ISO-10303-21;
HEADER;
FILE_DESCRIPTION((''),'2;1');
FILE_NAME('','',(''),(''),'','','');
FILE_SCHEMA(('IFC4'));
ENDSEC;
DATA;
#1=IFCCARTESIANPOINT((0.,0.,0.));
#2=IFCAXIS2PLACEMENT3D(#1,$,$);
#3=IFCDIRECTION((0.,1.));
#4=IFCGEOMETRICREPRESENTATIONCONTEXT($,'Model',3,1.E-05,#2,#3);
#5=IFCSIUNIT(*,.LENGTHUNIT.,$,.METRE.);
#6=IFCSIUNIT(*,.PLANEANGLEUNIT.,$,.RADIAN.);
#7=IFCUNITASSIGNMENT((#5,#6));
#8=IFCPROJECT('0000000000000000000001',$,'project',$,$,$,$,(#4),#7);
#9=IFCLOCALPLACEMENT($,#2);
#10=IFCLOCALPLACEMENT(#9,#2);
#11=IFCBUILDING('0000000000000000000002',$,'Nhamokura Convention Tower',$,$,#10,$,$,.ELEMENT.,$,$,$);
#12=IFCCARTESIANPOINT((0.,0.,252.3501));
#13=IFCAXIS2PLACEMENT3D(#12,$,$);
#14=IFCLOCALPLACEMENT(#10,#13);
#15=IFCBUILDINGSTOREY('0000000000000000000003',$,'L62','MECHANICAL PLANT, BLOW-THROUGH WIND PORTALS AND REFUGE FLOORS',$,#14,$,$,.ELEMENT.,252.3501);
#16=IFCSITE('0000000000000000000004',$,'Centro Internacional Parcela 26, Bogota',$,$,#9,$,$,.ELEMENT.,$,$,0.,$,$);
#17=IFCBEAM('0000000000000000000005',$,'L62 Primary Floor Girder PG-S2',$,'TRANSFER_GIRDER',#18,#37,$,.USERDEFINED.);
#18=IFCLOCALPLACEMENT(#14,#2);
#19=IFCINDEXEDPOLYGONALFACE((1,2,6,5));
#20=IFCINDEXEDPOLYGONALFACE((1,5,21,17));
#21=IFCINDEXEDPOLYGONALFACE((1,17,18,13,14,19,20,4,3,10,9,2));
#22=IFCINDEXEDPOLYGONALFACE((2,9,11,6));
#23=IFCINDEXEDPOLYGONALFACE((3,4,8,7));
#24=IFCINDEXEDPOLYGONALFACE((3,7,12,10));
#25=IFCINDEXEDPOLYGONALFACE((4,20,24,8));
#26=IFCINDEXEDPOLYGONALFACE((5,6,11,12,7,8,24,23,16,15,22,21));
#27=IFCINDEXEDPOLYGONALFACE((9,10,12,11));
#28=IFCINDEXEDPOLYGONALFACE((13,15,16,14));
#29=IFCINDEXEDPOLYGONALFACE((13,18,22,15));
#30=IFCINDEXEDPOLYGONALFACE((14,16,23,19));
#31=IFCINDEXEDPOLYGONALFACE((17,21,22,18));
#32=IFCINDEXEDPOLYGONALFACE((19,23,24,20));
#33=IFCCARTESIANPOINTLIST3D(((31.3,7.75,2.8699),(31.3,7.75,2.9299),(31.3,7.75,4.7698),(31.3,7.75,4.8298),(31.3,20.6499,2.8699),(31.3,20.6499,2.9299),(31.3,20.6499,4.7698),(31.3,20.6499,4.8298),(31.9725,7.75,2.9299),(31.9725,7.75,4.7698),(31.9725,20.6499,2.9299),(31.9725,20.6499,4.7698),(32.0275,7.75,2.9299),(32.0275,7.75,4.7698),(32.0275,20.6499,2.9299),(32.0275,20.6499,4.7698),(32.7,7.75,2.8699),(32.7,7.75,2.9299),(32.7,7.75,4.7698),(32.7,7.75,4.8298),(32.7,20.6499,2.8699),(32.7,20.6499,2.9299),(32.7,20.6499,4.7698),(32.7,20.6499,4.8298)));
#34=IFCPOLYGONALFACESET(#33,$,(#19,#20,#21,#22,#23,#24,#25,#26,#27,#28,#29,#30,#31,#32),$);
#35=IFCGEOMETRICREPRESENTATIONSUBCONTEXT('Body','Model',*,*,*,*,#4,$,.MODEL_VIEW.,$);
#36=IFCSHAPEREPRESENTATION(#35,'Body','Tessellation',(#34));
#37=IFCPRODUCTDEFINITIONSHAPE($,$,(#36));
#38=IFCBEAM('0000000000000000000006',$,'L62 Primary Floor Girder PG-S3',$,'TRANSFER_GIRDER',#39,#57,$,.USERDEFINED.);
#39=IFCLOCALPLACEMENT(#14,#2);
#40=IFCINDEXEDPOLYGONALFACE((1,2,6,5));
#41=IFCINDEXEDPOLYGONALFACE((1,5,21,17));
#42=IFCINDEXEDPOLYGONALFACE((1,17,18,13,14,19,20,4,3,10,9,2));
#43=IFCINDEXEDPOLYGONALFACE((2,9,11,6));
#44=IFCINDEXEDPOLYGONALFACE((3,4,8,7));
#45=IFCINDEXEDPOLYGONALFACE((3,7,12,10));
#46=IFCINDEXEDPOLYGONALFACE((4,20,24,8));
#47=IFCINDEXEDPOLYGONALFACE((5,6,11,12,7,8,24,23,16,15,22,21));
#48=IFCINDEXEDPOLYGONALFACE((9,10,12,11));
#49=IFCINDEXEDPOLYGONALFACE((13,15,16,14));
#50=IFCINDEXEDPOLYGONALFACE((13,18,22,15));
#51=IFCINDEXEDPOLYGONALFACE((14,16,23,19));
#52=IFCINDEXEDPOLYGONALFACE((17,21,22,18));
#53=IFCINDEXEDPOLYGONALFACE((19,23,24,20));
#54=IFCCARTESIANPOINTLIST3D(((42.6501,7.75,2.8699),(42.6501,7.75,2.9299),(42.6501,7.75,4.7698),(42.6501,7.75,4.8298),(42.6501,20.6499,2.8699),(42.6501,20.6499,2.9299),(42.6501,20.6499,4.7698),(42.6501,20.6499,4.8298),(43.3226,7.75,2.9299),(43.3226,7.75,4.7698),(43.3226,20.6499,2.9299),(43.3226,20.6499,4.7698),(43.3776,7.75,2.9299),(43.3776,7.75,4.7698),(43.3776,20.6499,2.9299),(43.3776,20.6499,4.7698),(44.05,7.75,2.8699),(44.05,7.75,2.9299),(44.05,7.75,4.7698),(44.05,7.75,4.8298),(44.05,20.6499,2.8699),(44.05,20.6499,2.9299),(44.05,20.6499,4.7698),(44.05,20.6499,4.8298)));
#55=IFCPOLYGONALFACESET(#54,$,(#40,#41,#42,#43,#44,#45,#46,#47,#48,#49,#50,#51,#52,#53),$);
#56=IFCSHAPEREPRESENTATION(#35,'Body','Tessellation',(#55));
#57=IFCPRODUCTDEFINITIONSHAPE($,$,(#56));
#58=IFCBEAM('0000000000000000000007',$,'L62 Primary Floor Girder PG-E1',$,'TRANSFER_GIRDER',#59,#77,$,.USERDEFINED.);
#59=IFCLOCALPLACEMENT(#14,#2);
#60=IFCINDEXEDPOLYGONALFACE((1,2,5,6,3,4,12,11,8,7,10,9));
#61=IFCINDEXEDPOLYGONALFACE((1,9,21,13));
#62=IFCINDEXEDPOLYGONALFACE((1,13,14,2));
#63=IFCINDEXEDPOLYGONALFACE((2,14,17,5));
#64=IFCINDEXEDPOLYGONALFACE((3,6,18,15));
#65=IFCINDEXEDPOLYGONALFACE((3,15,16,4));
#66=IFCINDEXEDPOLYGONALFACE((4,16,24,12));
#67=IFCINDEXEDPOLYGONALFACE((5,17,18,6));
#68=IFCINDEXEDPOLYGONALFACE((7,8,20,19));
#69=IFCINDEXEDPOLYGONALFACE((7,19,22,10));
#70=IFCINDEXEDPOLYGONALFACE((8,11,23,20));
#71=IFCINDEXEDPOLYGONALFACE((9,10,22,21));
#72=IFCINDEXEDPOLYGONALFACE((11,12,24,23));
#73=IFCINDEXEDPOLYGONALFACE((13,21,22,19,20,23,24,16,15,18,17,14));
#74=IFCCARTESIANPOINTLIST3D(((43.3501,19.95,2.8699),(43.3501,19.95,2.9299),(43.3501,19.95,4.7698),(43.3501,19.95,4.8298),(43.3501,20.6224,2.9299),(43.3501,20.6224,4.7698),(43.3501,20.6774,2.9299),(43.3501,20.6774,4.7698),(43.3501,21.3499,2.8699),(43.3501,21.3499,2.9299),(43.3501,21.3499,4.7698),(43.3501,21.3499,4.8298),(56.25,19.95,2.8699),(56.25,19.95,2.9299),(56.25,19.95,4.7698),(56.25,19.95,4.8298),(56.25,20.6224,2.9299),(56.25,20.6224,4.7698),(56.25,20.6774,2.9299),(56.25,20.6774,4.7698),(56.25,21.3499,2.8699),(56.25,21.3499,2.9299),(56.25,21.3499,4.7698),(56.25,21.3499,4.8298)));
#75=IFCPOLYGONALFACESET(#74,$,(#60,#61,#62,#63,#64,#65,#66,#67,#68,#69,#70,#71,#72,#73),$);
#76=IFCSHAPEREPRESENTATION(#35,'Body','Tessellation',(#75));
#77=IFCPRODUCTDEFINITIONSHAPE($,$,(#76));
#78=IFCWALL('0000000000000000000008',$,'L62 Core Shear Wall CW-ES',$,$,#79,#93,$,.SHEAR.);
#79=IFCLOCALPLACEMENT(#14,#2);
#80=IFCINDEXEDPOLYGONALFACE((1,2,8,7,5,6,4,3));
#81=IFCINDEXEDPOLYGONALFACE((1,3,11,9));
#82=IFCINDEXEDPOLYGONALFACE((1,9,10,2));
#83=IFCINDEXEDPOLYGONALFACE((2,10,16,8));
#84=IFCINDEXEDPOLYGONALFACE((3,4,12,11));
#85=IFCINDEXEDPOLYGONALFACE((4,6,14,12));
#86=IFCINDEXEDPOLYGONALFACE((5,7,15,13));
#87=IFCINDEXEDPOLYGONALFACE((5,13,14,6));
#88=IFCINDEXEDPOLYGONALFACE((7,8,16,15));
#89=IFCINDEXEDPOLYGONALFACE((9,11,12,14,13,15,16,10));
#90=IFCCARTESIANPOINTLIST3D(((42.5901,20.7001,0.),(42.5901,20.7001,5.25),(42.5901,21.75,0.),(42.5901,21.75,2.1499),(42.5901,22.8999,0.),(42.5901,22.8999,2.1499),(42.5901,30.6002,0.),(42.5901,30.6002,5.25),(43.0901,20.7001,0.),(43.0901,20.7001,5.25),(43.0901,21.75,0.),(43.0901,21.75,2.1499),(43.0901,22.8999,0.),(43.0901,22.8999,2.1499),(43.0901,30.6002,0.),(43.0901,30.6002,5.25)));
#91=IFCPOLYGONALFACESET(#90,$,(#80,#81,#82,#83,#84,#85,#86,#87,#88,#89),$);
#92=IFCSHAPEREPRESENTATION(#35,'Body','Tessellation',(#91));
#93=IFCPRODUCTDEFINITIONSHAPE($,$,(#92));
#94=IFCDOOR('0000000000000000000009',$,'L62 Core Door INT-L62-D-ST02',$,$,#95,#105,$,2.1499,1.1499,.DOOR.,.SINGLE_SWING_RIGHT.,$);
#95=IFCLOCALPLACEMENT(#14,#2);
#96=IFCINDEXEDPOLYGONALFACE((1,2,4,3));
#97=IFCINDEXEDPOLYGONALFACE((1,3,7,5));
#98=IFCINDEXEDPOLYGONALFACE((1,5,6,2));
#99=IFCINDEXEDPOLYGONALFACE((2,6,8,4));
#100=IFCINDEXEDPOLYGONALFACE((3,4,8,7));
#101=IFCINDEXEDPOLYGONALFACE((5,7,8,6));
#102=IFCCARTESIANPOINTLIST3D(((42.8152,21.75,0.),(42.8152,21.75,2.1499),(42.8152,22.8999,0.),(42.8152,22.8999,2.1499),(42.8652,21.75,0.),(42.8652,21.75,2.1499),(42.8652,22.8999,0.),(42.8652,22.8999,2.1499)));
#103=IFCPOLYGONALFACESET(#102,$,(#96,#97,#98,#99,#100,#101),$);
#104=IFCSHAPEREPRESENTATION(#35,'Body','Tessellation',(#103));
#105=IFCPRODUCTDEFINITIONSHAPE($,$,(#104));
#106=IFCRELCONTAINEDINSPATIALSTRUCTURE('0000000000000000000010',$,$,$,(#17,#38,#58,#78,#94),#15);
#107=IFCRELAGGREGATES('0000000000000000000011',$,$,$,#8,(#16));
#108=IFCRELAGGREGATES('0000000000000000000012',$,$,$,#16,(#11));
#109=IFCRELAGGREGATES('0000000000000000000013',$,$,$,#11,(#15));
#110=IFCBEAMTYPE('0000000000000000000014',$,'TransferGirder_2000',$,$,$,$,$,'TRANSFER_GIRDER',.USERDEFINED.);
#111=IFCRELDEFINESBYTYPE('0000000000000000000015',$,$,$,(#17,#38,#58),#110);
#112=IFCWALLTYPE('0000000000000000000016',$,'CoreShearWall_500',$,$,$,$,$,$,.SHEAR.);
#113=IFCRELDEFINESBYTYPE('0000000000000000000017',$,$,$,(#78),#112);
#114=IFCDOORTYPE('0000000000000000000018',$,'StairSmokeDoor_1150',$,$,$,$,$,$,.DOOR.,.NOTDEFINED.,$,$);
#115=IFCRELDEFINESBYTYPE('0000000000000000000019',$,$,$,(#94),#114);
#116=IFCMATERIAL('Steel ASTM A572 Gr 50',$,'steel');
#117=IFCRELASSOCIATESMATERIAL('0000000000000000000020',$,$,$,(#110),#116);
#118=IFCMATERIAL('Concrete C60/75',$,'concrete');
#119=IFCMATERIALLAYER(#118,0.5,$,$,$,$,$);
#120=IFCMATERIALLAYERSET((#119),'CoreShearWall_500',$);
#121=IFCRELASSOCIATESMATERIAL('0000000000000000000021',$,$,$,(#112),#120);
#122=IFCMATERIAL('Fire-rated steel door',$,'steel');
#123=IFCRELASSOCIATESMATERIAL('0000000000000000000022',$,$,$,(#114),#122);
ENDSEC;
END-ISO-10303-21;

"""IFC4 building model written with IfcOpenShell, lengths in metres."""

from ifc_helpers import new_model, si_unit, direction, frame, frame_2d, origin, origin_2d, place, context, subcontext, project, spatial, rectangle, i_section, extrude, material, layer, layer_set, material_profile, profile_set, type_object, element, fill, save


model = new_model("IFC4")

# Units and contexts
model_context = context("Model", 3, precision=1e-05, world=origin(), true_north=direction((0.0, 1.0)))
body_context = subcontext(model_context, "Body", "Model", "MODEL_VIEW")
ifc_project = project(units=[si_unit("LENGTHUNIT", "METRE"), si_unit("PLANEANGLEUNIT", "RADIAN")], contexts=[model_context])

# Site, building, storey
site_placement = place(None, origin())
site = spatial("IfcSite", under=ifc_project, at=site_placement, Name="Centro Internacional Parcela 26, Bogota", CompositionType="ELEMENT", RefElevation=0.0)
building_placement = place(site_placement, origin())
building = spatial("IfcBuilding", under=site, at=building_placement, Name="Nhamokura Convention Tower", CompositionType="ELEMENT")
storey_placement = place(building_placement, frame((0.0, 0.0, 252.3501)))
storey = spatial("IfcBuildingStorey", under=building, at=storey_placement, Name="L62", Description="MECHANICAL PLANT, BLOW-THROUGH WIND PORTALS AND REFUGE FLOORS", CompositionType="ELEMENT", Elevation=252.3501)

# Beams
ifc_material_1 = material(Name="Steel ASTM A572 Gr 50", Category="steel")
ifc_material_profile_1 = material_profile(ifc_material_1, i_section(OverallWidth=1.3999, OverallDepth=1.96, WebThickness=0.0549, FlangeThickness=0.0601, at=origin_2d()))
ifc_profile_set_1 = profile_set([ifc_material_profile_1], Name="Steel ASTM A572 Gr 50")
beam_type_1 = type_object("IfcBeamType", Name="TransferGirder_2000", ElementType="TRANSFER_GIRDER", PredefinedType="USERDEFINED", material=ifc_profile_set_1)
for number, where, z_axis, x_axis, name in (
    (1, (32.0, 7.75, 3.8499), (0.0, 1.0, 0.0), (-1.0, 0.0, 0.0), "L62 Primary Floor Girder PG-S2"),
    (2, (43.3501, 7.75, 3.8499), (0.0, 1.0, 0.0), (-1.0, 0.0, 0.0), "L62 Primary Floor Girder PG-S3"),
    (3, (43.3501, 20.6499, 3.8499), (1.0, 0.0, 0.0), (0.0, 1.0, 0.0), "L62 Primary Floor Girder PG-E1"),
):
    element("IfcBeam", number, at=place(storey_placement, frame(where, z_axis=z_axis, x_axis=x_axis)), inside=storey, type_object=beam_type_1, Name=name, ObjectType="TRANSFER_GIRDER", PredefinedType="USERDEFINED", context=body_context, shape_type="SweptSolid", body=[
        extrude(i_section(OverallWidth=1.3999, OverallDepth=1.96, WebThickness=0.0549, FlangeThickness=0.0601, at=origin_2d()), origin(), (0.0, 0.0, 1.0), 12.8999),
    ])

# Wall, opening, door
ifc_material_2 = material(Name="Concrete C60/75", Category="concrete")
ifc_layer = layer(ifc_material_2, 0.5)
ifc_layer_set = layer_set([ifc_layer], Name="CoreShearWall_500")
wall_type = type_object("IfcWallType", Name="CoreShearWall_500", PredefinedType="SHEAR", material=ifc_layer_set)
wall_placement = place(storey_placement, frame((42.8401, 20.7, 0.0), z_axis=(0.0, 0.0, 1.0), x_axis=(0.0, 1.0, 0.0)))
wall = element("IfcWall", 4, at=wall_placement, inside=storey, type_object=wall_type, Name="L62 Core Shear Wall CW-ES", PredefinedType="SHEAR", context=body_context, shape_type="SweptSolid", body=[
    extrude(rectangle(XDim=9.9001, YDim=0.5, at=frame_2d((4.9502, 0.0))), origin(), (0.0, 0.0, 1.0), 5.25),
])
opening_placement = place(wall_placement, frame((1.05, 0.0, 0.0)))
opening = element("IfcOpeningElement", 5, at=opening_placement, cuts=wall, PredefinedType="OPENING", context=body_context, shape_type="SweptSolid", body=[
    extrude(rectangle(XDim=1.1499, YDim=2.1499, at=frame_2d((0.575, 1.075))), frame((0.0, 0.26, 0.0), z_axis=(0.0, -1.0, 0.0), x_axis=(1.0, 0.0, 0.0)), (0.0, 0.0, 1.0), 0.52),
])
ifc_material_3 = material(Name="Fire-rated steel door", Category="steel")
door_type = type_object("IfcDoorType", Name="StairSmokeDoor_1150", OperationType="NOTDEFINED", PredefinedType="DOOR", material=ifc_material_3)
door_placement = place(opening_placement, origin())
door = element("IfcDoor", 6, at=door_placement, inside=storey, type_object=door_type, Name="L62 Core Door INT-L62-D-ST02", OperationType="SINGLE_SWING_RIGHT", OverallHeight=2.1499, OverallWidth=1.1499, PredefinedType="DOOR", context=body_context, shape_type="SweptSolid", body=[
    extrude(rectangle(XDim=1.1499, YDim=2.1499, at=frame_2d((0.575, 1.075))), frame((0.0, 0.0249, 0.0), z_axis=(0.0, -1.0, 0.0), x_axis=(1.0, 0.0, 0.0)), (0.0, 0.0, 1.0), 0.05),
])
fill(opening, door)

save(model, "model.ifc")
